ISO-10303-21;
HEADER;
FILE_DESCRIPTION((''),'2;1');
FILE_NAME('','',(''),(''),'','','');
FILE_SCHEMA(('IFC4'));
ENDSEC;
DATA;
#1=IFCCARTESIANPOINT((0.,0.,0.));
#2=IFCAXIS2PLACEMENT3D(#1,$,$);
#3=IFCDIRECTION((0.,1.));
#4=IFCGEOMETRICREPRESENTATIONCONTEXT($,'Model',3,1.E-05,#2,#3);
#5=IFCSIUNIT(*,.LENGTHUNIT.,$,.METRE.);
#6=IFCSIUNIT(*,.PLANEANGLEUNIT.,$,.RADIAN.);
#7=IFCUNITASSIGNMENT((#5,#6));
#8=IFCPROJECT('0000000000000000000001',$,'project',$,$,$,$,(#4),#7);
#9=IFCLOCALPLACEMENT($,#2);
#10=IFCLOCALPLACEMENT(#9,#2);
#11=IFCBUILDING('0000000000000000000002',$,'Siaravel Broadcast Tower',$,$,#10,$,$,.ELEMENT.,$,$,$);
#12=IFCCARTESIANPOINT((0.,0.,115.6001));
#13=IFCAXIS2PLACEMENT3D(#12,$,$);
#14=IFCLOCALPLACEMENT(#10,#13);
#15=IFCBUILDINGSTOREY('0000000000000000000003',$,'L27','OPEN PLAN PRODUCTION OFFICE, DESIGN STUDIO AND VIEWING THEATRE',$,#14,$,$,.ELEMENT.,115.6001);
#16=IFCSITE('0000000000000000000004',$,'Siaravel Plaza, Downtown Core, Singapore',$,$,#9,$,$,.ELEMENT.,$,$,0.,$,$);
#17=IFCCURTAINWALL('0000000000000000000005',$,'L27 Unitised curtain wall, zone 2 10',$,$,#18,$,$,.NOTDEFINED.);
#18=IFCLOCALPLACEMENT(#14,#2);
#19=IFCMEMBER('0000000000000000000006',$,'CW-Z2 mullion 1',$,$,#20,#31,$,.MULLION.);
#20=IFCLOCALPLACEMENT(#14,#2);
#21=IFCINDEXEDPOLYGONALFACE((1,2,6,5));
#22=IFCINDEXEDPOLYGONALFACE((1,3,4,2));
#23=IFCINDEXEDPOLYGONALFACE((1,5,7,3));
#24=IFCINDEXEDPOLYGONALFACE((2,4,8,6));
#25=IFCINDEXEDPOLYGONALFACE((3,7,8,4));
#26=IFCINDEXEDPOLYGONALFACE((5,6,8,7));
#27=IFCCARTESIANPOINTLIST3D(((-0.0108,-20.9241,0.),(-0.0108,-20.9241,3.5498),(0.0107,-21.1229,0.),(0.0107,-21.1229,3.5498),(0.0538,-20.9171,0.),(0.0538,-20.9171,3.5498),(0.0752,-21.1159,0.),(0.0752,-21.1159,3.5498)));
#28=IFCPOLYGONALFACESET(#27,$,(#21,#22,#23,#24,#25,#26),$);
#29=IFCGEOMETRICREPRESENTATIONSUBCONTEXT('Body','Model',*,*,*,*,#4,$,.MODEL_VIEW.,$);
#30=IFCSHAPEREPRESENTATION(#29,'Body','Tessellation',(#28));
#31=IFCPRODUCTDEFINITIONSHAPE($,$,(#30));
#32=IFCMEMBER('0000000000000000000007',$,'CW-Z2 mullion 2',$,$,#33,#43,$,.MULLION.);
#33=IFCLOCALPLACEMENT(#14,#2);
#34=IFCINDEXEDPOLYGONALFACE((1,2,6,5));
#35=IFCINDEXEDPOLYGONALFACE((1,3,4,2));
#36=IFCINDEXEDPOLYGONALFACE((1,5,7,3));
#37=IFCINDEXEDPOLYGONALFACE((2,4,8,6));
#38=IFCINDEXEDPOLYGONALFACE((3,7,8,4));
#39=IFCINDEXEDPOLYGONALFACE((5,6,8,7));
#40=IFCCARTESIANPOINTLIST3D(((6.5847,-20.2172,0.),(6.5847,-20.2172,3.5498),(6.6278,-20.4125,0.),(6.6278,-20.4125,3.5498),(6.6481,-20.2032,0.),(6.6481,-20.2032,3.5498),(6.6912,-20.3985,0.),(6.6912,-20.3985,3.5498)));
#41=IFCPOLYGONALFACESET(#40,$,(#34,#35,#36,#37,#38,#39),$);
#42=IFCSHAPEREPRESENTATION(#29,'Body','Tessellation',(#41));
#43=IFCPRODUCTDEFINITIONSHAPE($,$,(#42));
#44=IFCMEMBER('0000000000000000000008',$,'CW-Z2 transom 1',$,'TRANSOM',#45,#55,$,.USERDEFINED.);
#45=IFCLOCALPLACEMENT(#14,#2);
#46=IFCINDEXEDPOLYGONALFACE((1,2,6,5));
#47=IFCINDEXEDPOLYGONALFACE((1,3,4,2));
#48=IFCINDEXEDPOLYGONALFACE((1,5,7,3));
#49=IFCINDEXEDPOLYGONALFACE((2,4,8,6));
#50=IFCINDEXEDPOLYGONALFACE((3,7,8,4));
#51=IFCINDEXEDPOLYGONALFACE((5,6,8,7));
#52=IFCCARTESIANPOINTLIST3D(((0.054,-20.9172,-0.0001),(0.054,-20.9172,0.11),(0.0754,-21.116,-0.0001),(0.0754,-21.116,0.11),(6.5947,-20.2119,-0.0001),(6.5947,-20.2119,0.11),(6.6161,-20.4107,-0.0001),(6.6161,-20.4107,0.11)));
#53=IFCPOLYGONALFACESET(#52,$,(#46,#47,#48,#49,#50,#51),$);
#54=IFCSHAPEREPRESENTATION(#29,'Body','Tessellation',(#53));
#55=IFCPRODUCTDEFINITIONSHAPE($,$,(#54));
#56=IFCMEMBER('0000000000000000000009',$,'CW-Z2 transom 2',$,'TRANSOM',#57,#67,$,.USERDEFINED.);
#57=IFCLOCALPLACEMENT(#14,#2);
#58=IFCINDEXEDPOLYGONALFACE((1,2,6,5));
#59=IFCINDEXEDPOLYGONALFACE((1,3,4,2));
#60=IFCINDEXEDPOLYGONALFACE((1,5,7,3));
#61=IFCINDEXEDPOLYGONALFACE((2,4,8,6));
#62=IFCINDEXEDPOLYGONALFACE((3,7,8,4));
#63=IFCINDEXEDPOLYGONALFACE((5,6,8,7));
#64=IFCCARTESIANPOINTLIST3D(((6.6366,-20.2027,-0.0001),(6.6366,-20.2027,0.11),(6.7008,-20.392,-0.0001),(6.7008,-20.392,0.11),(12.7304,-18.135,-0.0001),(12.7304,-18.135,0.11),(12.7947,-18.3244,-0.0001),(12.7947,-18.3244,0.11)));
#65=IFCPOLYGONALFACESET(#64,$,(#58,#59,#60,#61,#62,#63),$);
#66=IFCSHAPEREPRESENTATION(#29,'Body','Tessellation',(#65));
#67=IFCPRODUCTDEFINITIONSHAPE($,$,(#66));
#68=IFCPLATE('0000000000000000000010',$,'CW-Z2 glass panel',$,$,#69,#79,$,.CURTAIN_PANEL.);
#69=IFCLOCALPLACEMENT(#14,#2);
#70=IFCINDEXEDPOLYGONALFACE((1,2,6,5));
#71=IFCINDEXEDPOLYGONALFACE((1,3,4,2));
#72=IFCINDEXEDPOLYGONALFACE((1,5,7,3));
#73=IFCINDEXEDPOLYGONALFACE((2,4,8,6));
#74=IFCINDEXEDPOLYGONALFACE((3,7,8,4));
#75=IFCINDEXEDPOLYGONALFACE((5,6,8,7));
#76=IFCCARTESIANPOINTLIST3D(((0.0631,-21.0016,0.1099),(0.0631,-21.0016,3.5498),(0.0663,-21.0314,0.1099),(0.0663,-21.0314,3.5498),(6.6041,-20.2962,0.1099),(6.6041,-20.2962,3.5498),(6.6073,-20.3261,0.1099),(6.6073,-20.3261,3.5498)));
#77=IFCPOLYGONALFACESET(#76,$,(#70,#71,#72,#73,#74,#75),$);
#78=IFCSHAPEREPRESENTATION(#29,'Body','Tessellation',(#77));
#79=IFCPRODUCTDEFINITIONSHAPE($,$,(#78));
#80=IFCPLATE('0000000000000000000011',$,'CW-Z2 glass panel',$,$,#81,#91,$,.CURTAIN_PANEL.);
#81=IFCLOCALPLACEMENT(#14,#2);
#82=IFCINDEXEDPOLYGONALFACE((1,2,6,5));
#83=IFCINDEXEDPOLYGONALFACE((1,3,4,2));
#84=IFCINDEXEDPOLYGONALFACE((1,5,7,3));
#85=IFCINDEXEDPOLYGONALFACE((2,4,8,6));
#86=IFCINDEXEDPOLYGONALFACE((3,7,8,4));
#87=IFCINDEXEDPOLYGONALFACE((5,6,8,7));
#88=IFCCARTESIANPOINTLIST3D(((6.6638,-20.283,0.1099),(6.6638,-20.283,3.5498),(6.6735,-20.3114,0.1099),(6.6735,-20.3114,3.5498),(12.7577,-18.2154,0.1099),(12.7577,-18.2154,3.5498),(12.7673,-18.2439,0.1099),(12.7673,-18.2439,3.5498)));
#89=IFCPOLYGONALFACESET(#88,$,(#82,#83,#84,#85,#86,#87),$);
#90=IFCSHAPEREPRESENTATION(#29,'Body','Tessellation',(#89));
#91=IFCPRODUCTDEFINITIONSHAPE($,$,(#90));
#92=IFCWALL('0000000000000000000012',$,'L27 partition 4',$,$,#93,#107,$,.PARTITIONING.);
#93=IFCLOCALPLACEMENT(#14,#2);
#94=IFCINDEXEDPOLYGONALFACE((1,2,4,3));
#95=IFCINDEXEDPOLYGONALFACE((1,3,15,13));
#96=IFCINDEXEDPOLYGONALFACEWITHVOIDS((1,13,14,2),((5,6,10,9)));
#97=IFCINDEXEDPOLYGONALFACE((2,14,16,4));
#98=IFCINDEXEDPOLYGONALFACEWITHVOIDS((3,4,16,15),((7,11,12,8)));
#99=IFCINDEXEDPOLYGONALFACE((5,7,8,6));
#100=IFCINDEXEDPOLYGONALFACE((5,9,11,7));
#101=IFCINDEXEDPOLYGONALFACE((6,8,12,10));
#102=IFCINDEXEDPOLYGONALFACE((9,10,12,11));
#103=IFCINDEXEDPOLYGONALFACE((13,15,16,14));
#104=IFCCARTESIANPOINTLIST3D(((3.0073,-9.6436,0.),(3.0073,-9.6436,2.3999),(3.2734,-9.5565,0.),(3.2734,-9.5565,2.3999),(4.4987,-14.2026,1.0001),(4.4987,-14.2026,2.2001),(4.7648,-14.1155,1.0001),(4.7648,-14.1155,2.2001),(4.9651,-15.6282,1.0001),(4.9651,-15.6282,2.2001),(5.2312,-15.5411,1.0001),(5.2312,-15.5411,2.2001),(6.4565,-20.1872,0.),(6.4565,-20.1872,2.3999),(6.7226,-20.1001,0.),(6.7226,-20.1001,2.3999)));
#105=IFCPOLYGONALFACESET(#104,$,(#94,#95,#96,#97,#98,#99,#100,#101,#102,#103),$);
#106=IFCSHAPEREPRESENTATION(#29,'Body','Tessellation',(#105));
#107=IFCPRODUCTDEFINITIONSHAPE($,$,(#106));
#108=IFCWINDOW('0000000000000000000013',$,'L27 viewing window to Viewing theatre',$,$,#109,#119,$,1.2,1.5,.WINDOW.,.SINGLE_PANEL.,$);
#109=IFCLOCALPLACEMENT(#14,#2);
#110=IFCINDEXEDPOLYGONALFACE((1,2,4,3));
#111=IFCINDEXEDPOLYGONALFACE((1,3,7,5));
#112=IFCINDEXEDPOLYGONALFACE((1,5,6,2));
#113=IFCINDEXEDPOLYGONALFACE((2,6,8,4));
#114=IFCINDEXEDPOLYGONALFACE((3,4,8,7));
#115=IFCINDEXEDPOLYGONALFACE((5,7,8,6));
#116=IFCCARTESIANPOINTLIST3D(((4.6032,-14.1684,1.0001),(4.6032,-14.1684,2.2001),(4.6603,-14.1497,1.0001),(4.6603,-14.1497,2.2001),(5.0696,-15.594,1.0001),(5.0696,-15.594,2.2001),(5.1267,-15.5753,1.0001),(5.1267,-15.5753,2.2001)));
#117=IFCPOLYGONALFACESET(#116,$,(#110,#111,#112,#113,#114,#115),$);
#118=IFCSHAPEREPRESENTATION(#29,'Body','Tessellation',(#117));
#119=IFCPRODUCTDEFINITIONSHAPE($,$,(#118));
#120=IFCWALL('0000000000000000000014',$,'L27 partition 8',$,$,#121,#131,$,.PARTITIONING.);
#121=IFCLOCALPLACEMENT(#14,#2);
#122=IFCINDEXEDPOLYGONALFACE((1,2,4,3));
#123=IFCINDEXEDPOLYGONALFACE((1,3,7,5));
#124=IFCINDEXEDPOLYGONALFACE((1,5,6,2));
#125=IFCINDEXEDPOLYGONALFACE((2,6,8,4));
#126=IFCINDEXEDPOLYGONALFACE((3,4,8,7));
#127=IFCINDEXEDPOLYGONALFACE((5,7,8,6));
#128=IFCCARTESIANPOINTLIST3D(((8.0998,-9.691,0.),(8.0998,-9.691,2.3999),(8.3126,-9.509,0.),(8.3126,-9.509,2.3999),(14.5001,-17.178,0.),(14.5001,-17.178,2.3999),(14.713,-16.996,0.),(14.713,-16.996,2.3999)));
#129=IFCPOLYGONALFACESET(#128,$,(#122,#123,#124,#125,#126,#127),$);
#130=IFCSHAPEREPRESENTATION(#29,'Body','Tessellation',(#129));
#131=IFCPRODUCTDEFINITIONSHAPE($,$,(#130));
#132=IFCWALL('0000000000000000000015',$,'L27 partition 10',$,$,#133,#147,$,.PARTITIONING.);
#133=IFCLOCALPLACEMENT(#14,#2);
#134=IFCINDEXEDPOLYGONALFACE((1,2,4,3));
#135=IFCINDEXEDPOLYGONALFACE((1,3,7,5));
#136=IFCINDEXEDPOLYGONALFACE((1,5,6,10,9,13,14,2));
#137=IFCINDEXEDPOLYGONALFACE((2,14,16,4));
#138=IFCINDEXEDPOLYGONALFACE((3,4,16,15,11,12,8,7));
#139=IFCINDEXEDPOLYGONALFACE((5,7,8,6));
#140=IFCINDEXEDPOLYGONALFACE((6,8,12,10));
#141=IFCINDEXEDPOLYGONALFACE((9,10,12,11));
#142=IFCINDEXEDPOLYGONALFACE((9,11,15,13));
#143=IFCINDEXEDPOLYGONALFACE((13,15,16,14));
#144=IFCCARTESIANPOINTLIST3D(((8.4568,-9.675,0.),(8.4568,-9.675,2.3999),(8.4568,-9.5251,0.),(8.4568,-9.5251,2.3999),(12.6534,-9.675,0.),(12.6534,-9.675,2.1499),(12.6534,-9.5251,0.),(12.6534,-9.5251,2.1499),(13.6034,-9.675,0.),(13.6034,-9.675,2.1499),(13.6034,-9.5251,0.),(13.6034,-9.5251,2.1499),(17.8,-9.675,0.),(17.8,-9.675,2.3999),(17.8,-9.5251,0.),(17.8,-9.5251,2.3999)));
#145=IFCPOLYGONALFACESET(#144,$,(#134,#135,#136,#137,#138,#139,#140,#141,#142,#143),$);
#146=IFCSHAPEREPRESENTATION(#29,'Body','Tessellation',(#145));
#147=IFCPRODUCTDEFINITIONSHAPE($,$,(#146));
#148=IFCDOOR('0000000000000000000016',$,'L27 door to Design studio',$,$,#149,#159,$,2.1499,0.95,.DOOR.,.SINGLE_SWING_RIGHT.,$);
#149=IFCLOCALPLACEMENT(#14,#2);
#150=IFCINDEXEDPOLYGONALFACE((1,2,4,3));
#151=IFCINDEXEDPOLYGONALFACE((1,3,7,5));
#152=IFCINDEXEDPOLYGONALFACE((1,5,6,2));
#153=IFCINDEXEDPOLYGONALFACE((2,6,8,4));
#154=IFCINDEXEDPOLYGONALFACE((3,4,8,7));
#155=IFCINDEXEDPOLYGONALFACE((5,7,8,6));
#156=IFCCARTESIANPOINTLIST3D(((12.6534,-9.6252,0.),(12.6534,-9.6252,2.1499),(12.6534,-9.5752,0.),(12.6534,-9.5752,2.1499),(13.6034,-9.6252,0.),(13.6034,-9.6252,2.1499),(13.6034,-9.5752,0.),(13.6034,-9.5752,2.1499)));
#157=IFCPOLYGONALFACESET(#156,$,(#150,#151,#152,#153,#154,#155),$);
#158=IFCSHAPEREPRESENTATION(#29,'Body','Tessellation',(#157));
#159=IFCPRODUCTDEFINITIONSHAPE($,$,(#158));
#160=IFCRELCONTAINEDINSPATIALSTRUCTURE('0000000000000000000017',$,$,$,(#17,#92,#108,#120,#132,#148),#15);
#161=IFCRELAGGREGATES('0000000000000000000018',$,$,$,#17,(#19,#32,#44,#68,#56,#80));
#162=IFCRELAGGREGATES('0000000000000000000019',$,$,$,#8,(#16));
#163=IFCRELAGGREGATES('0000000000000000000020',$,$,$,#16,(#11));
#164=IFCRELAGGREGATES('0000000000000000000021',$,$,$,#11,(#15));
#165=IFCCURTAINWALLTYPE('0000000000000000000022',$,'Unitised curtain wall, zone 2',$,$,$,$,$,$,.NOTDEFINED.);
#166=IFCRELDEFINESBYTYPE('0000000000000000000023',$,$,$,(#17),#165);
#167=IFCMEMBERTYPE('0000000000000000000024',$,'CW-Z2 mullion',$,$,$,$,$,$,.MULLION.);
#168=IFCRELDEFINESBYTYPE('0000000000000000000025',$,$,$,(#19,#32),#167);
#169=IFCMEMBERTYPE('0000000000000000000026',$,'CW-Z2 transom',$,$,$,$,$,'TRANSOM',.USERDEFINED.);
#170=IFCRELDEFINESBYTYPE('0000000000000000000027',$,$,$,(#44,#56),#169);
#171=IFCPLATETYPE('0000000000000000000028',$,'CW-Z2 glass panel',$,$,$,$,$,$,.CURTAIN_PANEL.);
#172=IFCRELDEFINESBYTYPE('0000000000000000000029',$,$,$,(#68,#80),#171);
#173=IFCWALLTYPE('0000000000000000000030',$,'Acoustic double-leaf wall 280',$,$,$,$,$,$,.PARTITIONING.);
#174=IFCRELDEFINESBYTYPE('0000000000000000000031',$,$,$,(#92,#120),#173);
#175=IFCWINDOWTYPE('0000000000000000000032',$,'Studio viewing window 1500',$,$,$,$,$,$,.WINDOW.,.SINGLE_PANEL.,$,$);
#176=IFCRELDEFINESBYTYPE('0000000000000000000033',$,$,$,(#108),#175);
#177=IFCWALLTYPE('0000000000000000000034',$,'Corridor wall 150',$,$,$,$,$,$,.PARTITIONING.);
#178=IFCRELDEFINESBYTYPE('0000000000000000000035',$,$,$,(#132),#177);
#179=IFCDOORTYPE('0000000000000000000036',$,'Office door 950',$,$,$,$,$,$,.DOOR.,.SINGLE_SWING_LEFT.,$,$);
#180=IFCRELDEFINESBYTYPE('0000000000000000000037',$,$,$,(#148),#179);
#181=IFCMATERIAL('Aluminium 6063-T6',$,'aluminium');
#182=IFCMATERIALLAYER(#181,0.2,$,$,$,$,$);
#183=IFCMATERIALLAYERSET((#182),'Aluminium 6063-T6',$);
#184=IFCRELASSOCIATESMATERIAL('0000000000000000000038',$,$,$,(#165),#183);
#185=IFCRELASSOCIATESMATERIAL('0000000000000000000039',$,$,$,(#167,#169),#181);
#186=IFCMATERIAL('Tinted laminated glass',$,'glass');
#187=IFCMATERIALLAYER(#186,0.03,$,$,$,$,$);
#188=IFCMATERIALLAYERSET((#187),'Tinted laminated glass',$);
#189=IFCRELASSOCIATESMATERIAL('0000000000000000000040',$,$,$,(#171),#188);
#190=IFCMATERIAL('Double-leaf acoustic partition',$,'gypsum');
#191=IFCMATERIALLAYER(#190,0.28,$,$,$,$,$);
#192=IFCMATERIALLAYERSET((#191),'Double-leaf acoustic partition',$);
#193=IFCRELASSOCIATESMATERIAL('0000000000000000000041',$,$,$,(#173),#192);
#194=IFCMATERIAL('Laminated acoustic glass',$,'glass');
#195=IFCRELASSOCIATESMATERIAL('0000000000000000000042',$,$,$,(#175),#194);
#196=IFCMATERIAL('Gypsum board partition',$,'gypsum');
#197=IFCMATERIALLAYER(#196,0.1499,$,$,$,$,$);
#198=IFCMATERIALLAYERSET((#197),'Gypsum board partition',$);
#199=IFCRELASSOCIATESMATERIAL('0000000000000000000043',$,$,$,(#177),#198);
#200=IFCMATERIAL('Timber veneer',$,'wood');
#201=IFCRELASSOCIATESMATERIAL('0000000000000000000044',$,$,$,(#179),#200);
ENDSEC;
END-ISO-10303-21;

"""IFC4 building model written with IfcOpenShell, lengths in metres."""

from ifc_helpers import new_model, si_unit, direction, frame, frame_2d, origin, origin_2d, place, context, subcontext, project, spatial, rectangle, extrude, material, layer, layer_set, material_profile, profile_set, type_object, element, fill, aggregate, save


model = new_model("IFC4")

# Units and contexts
model_context = context("Model", 3, precision=1e-05, world=origin(), true_north=direction((0.0, 1.0)))
body_context = subcontext(model_context, "Body", "Model", "MODEL_VIEW")
ifc_project = project(units=[si_unit("LENGTHUNIT", "METRE"), si_unit("PLANEANGLEUNIT", "RADIAN")], contexts=[model_context])

# Site, building, storey
site_placement = place(None, origin())
site = spatial("IfcSite", under=ifc_project, at=site_placement, Name="Siaravel Plaza, Downtown Core, Singapore", CompositionType="ELEMENT", RefElevation=0.0)
building_placement = place(site_placement, origin())
building = spatial("IfcBuilding", under=site, at=building_placement, Name="Siaravel Broadcast Tower", CompositionType="ELEMENT")
storey_placement = place(building_placement, frame((0.0, 0.0, 115.6001)))
storey = spatial("IfcBuildingStorey", under=building, at=storey_placement, Name="L27", Description="OPEN PLAN PRODUCTION OFFICE, DESIGN STUDIO AND VIEWING THEATRE", CompositionType="ELEMENT", Elevation=115.6001)

# Curtain wall, members, plates
ifc_material_1 = material(Name="Aluminium 6063-T6", Category="aluminium")
ifc_layer_1 = layer(ifc_material_1, 0.2)
ifc_layer_set_1 = layer_set([ifc_layer_1], Name="Aluminium 6063-T6")
curtain_wall_type = type_object("IfcCurtainWallType", Name="Unitised curtain wall, zone 2", PredefinedType="NOTDEFINED", material=ifc_layer_set_1)
curtain_wall_placement = place(storey_placement, origin())
curtain_wall = element("IfcCurtainWall", 1, at=curtain_wall_placement, inside=storey, type_object=curtain_wall_type, Name="L27 Unitised curtain wall, zone 2 10", PredefinedType="NOTDEFINED")
ifc_material_profile_1 = material_profile(ifc_material_1, rectangle(XDim=0.2, YDim=0.0649, at=origin_2d()))
ifc_profile_set_1 = profile_set([ifc_material_profile_1], Name="Aluminium 6063-T6")
member_type_1 = type_object("IfcMemberType", Name="CW-Z2 mullion", PredefinedType="MULLION", material=ifc_profile_set_1)
member_1_placement = place(storey_placement, frame((0.0322, -21.02, 0.0), z_axis=(0.0, 0.0, 1.0), x_axis=(-0.107217, 0.994236, 0.0)))
member_1 = element("IfcMember", 2, at=member_1_placement, type_object=member_type_1, Name="CW-Z2 mullion 1", PredefinedType="MULLION", context=body_context, shape_type="SweptSolid", body=[
    extrude(rectangle(XDim=0.2, YDim=0.0649, at=origin_2d()), origin(), (0.0, 0.0, 1.0), 3.5498),
])
member_2_placement = place(storey_placement, frame((6.6379, -20.3079, 0.0), z_axis=(0.0, 0.0, 1.0), x_axis=(-0.215558, 0.976491, 0.0)))
member_2 = element("IfcMember", 3, at=member_2_placement, type_object=member_type_1, Name="CW-Z2 mullion 2", PredefinedType="MULLION", context=body_context, shape_type="SweptSolid", body=[
    extrude(rectangle(XDim=0.2, YDim=0.0649, at=origin_2d()), origin(), (0.0, 0.0, 1.0), 3.5498),
])
ifc_material_profile_2 = material_profile(ifc_material_1, rectangle(XDim=0.2, YDim=0.1101, at=origin_2d()))
ifc_profile_set_2 = profile_set([ifc_material_profile_2], Name="Aluminium 6063-T6")
member_type_2 = type_object("IfcMemberType", Name="CW-Z2 transom", ElementType="TRANSOM", PredefinedType="USERDEFINED", material=ifc_profile_set_2)
member_3_placement = place(storey_placement, frame((0.0647, -21.0166, 0.0549), z_axis=(0.994236, 0.107213, 0.0), x_axis=(-0.107213, 0.994236, 0.0)))
member_3 = element("IfcMember", 4, at=member_3_placement, type_object=member_type_2, Name="CW-Z2 transom 1", ObjectType="TRANSOM", PredefinedType="USERDEFINED", context=body_context, shape_type="SweptSolid", body=[
    extrude(rectangle(XDim=0.2, YDim=0.1101, at=origin_2d()), origin(), (0.0, 0.0, 1.0), 6.5786),
])
member_4_placement = place(storey_placement, frame((6.6687, -20.2974, 0.0549), z_axis=(0.946974, 0.321311, 0.0), x_axis=(-0.321311, 0.946974, 0.0)))
member_4 = element("IfcMember", 5, at=member_4_placement, type_object=member_type_2, Name="CW-Z2 transom 2", ObjectType="TRANSOM", PredefinedType="USERDEFINED", context=body_context, shape_type="SweptSolid", body=[
    extrude(rectangle(XDim=0.2, YDim=0.1101, at=origin_2d()), origin(), (0.0, 0.0, 1.0), 6.4351),
])
ifc_material_2 = material(Name="Tinted laminated glass", Category="glass")
ifc_layer_2 = layer(ifc_material_2, 0.03)
ifc_layer_set_2 = layer_set([ifc_layer_2], Name="Tinted laminated glass")
plate_type = type_object("IfcPlateType", Name="CW-Z2 glass panel", PredefinedType="CURTAIN_PANEL", material=ifc_layer_set_2)
plate_1_placement = place(storey_placement, frame((3.3352, -20.6638, 0.1099), z_axis=(0.0, 0.0, 1.0), x_axis=(0.994236, 0.107217, 0.0)))
plate_1 = element("IfcPlate", 6, at=plate_1_placement, type_object=plate_type, Name="CW-Z2 glass panel", PredefinedType="CURTAIN_PANEL", context=body_context, shape_type="SweptSolid", body=[
    extrude(rectangle(XDim=6.5789, YDim=0.03, at=origin_2d()), origin(), (0.0, 0.0, 1.0), 3.4399),
])
plate_2_placement = place(storey_placement, frame((9.7156, -19.2634, 0.1099), z_axis=(0.0, 0.0, 1.0), x_axis=(0.946977, 0.321301, 0.0)))
plate_2 = element("IfcPlate", 7, at=plate_2_placement, type_object=plate_type, Name="CW-Z2 glass panel", PredefinedType="CURTAIN_PANEL", context=body_context, shape_type="SweptSolid", body=[
    extrude(rectangle(XDim=6.4351, YDim=0.03, at=origin_2d()), origin(), (0.0, 0.0, 1.0), 3.4399),
])
aggregate(curtain_wall, [member_1, member_2, member_3, plate_1, member_4, plate_2])

# Wall, opening, window
ifc_material_3 = material(Name="Double-leaf acoustic partition", Category="gypsum")
ifc_layer_3 = layer(ifc_material_3, 0.28)
ifc_layer_set_3 = layer_set([ifc_layer_3], Name="Double-leaf acoustic partition")
wall_type_1 = type_object("IfcWallType", Name="Acoustic double-leaf wall 280", PredefinedType="PARTITIONING", material=ifc_layer_set_3)
wall_1_placement = place(storey_placement, frame((6.5896, -20.1438, 0.0), z_axis=(0.0, 0.0, 1.0), x_axis=(-0.310921, 0.950436, 0.0)))
wall_1 = element("IfcWall", 8, at=wall_1_placement, inside=storey, type_object=wall_type_1, Name="L27 partition 4", PredefinedType="PARTITIONING", context=body_context, shape_type="SweptSolid", body=[
    extrude(rectangle(XDim=11.0935, YDim=0.28, at=frame_2d((5.5469, 0.0))), origin(), (0.0, 0.0, 1.0), 2.3999),
])
opening_1_placement = place(wall_1_placement, frame((4.7969, 0.0, 1.0)))
opening_1 = element("IfcOpeningElement", 9, at=opening_1_placement, cuts=wall_1, PredefinedType="OPENING", context=body_context, shape_type="SweptSolid", body=[
    extrude(rectangle(XDim=1.5, YDim=1.2, at=frame_2d((0.75, 0.6001))), frame((0.0, 0.1499, 0.0), z_axis=(0.0, -1.0, 0.0), x_axis=(1.0, 0.0, 0.0)), (0.0, 0.0, 1.0), 0.3),
])
ifc_material_4 = material(Name="Laminated acoustic glass", Category="glass")
window_type = type_object("IfcWindowType", Name="Studio viewing window 1500", PartitioningType="SINGLE_PANEL", PredefinedType="WINDOW", material=ifc_material_4)
window_placement = place(opening_1_placement, origin())
window = element("IfcWindow", 10, at=window_placement, inside=storey, type_object=window_type, Name="L27 viewing window to Viewing theatre", OverallHeight=1.2, OverallWidth=1.5, PartitioningType="SINGLE_PANEL", PredefinedType="WINDOW", context=body_context, shape_type="SweptSolid", body=[
    extrude(rectangle(XDim=1.5, YDim=1.2, at=frame_2d((0.75, 0.6001))), frame((0.0, 0.03, 0.0), z_axis=(0.0, -1.0, 0.0), x_axis=(1.0, 0.0, 0.0)), (0.0, 0.0, 1.0), 0.0601),
])
fill(opening_1, window)

# Wall
wall_2_placement = place(storey_placement, frame((8.2063, -9.6001, 0.0), z_axis=(0.0, 0.0, 1.0), x_axis=(0.649791, -0.760113, 0.0)))
element("IfcWall", 11, at=wall_2_placement, inside=storey, type_object=wall_type_1, Name="L27 partition 8", PredefinedType="PARTITIONING", context=body_context, shape_type="SweptSolid", body=[
    extrude(rectangle(XDim=9.8499, YDim=0.28, at=frame_2d((4.9248, 0.0))), origin(), (0.0, 0.0, 1.0), 2.3999),
])

# Wall, opening, door
ifc_material_5 = material(Name="Gypsum board partition", Category="gypsum")
ifc_layer_4 = layer(ifc_material_5, 0.1499)
ifc_layer_set_4 = layer_set([ifc_layer_4], Name="Gypsum board partition")
wall_type_2 = type_object("IfcWallType", Name="Corridor wall 150", PredefinedType="PARTITIONING", material=ifc_layer_set_4)
wall_3_placement = place(storey_placement, frame((8.4568, -9.6001, 0.0), z_axis=(0.0, 0.0, 1.0), x_axis=(1.0, 0.0, 0.0)))
wall_3 = element("IfcWall", 12, at=wall_3_placement, inside=storey, type_object=wall_type_2, Name="L27 partition 10", PredefinedType="PARTITIONING", context=body_context, shape_type="SweptSolid", body=[
    extrude(rectangle(XDim=9.3433, YDim=0.1499, at=frame_2d((4.6716, 0.0))), origin(), (0.0, 0.0, 1.0), 2.3999),
])
opening_2_placement = place(wall_3_placement, frame((4.1965, 0.0, 0.0)))
opening_2 = element("IfcOpeningElement", 13, at=opening_2_placement, cuts=wall_3, PredefinedType="OPENING", context=body_context, shape_type="SweptSolid", body=[
    extrude(rectangle(XDim=0.95, YDim=2.1499, at=frame_2d((0.4751, 1.075))), frame((0.0, 0.085, 0.0), z_axis=(0.0, -1.0, 0.0), x_axis=(1.0, 0.0, 0.0)), (0.0, 0.0, 1.0), 0.1699),
])
ifc_material_6 = material(Name="Timber veneer", Category="wood")
door_type_1 = type_object("IfcDoorType", Name="Office door 950", OperationType="SINGLE_SWING_LEFT", PredefinedType="DOOR", material=ifc_material_6)
door_1_placement = place(opening_2_placement, origin())
door_1 = element("IfcDoor", 14, at=door_1_placement, inside=storey, type_object=door_type_1, Name="L27 door to Design studio", OperationType="SINGLE_SWING_RIGHT", OverallHeight=2.1499, OverallWidth=0.95, PredefinedType="DOOR", context=body_context, shape_type="SweptSolid", body=[
    extrude(rectangle(XDim=0.95, YDim=2.1499, at=frame_2d((0.4751, 1.075))), frame((0.0, 0.0249, 0.0), z_axis=(0.0, -1.0, 0.0), x_axis=(1.0, 0.0, 0.0)), (0.0, 0.0, 1.0), 0.05),
])
fill(opening_2, door_1)

save(model, "model.ifc")
